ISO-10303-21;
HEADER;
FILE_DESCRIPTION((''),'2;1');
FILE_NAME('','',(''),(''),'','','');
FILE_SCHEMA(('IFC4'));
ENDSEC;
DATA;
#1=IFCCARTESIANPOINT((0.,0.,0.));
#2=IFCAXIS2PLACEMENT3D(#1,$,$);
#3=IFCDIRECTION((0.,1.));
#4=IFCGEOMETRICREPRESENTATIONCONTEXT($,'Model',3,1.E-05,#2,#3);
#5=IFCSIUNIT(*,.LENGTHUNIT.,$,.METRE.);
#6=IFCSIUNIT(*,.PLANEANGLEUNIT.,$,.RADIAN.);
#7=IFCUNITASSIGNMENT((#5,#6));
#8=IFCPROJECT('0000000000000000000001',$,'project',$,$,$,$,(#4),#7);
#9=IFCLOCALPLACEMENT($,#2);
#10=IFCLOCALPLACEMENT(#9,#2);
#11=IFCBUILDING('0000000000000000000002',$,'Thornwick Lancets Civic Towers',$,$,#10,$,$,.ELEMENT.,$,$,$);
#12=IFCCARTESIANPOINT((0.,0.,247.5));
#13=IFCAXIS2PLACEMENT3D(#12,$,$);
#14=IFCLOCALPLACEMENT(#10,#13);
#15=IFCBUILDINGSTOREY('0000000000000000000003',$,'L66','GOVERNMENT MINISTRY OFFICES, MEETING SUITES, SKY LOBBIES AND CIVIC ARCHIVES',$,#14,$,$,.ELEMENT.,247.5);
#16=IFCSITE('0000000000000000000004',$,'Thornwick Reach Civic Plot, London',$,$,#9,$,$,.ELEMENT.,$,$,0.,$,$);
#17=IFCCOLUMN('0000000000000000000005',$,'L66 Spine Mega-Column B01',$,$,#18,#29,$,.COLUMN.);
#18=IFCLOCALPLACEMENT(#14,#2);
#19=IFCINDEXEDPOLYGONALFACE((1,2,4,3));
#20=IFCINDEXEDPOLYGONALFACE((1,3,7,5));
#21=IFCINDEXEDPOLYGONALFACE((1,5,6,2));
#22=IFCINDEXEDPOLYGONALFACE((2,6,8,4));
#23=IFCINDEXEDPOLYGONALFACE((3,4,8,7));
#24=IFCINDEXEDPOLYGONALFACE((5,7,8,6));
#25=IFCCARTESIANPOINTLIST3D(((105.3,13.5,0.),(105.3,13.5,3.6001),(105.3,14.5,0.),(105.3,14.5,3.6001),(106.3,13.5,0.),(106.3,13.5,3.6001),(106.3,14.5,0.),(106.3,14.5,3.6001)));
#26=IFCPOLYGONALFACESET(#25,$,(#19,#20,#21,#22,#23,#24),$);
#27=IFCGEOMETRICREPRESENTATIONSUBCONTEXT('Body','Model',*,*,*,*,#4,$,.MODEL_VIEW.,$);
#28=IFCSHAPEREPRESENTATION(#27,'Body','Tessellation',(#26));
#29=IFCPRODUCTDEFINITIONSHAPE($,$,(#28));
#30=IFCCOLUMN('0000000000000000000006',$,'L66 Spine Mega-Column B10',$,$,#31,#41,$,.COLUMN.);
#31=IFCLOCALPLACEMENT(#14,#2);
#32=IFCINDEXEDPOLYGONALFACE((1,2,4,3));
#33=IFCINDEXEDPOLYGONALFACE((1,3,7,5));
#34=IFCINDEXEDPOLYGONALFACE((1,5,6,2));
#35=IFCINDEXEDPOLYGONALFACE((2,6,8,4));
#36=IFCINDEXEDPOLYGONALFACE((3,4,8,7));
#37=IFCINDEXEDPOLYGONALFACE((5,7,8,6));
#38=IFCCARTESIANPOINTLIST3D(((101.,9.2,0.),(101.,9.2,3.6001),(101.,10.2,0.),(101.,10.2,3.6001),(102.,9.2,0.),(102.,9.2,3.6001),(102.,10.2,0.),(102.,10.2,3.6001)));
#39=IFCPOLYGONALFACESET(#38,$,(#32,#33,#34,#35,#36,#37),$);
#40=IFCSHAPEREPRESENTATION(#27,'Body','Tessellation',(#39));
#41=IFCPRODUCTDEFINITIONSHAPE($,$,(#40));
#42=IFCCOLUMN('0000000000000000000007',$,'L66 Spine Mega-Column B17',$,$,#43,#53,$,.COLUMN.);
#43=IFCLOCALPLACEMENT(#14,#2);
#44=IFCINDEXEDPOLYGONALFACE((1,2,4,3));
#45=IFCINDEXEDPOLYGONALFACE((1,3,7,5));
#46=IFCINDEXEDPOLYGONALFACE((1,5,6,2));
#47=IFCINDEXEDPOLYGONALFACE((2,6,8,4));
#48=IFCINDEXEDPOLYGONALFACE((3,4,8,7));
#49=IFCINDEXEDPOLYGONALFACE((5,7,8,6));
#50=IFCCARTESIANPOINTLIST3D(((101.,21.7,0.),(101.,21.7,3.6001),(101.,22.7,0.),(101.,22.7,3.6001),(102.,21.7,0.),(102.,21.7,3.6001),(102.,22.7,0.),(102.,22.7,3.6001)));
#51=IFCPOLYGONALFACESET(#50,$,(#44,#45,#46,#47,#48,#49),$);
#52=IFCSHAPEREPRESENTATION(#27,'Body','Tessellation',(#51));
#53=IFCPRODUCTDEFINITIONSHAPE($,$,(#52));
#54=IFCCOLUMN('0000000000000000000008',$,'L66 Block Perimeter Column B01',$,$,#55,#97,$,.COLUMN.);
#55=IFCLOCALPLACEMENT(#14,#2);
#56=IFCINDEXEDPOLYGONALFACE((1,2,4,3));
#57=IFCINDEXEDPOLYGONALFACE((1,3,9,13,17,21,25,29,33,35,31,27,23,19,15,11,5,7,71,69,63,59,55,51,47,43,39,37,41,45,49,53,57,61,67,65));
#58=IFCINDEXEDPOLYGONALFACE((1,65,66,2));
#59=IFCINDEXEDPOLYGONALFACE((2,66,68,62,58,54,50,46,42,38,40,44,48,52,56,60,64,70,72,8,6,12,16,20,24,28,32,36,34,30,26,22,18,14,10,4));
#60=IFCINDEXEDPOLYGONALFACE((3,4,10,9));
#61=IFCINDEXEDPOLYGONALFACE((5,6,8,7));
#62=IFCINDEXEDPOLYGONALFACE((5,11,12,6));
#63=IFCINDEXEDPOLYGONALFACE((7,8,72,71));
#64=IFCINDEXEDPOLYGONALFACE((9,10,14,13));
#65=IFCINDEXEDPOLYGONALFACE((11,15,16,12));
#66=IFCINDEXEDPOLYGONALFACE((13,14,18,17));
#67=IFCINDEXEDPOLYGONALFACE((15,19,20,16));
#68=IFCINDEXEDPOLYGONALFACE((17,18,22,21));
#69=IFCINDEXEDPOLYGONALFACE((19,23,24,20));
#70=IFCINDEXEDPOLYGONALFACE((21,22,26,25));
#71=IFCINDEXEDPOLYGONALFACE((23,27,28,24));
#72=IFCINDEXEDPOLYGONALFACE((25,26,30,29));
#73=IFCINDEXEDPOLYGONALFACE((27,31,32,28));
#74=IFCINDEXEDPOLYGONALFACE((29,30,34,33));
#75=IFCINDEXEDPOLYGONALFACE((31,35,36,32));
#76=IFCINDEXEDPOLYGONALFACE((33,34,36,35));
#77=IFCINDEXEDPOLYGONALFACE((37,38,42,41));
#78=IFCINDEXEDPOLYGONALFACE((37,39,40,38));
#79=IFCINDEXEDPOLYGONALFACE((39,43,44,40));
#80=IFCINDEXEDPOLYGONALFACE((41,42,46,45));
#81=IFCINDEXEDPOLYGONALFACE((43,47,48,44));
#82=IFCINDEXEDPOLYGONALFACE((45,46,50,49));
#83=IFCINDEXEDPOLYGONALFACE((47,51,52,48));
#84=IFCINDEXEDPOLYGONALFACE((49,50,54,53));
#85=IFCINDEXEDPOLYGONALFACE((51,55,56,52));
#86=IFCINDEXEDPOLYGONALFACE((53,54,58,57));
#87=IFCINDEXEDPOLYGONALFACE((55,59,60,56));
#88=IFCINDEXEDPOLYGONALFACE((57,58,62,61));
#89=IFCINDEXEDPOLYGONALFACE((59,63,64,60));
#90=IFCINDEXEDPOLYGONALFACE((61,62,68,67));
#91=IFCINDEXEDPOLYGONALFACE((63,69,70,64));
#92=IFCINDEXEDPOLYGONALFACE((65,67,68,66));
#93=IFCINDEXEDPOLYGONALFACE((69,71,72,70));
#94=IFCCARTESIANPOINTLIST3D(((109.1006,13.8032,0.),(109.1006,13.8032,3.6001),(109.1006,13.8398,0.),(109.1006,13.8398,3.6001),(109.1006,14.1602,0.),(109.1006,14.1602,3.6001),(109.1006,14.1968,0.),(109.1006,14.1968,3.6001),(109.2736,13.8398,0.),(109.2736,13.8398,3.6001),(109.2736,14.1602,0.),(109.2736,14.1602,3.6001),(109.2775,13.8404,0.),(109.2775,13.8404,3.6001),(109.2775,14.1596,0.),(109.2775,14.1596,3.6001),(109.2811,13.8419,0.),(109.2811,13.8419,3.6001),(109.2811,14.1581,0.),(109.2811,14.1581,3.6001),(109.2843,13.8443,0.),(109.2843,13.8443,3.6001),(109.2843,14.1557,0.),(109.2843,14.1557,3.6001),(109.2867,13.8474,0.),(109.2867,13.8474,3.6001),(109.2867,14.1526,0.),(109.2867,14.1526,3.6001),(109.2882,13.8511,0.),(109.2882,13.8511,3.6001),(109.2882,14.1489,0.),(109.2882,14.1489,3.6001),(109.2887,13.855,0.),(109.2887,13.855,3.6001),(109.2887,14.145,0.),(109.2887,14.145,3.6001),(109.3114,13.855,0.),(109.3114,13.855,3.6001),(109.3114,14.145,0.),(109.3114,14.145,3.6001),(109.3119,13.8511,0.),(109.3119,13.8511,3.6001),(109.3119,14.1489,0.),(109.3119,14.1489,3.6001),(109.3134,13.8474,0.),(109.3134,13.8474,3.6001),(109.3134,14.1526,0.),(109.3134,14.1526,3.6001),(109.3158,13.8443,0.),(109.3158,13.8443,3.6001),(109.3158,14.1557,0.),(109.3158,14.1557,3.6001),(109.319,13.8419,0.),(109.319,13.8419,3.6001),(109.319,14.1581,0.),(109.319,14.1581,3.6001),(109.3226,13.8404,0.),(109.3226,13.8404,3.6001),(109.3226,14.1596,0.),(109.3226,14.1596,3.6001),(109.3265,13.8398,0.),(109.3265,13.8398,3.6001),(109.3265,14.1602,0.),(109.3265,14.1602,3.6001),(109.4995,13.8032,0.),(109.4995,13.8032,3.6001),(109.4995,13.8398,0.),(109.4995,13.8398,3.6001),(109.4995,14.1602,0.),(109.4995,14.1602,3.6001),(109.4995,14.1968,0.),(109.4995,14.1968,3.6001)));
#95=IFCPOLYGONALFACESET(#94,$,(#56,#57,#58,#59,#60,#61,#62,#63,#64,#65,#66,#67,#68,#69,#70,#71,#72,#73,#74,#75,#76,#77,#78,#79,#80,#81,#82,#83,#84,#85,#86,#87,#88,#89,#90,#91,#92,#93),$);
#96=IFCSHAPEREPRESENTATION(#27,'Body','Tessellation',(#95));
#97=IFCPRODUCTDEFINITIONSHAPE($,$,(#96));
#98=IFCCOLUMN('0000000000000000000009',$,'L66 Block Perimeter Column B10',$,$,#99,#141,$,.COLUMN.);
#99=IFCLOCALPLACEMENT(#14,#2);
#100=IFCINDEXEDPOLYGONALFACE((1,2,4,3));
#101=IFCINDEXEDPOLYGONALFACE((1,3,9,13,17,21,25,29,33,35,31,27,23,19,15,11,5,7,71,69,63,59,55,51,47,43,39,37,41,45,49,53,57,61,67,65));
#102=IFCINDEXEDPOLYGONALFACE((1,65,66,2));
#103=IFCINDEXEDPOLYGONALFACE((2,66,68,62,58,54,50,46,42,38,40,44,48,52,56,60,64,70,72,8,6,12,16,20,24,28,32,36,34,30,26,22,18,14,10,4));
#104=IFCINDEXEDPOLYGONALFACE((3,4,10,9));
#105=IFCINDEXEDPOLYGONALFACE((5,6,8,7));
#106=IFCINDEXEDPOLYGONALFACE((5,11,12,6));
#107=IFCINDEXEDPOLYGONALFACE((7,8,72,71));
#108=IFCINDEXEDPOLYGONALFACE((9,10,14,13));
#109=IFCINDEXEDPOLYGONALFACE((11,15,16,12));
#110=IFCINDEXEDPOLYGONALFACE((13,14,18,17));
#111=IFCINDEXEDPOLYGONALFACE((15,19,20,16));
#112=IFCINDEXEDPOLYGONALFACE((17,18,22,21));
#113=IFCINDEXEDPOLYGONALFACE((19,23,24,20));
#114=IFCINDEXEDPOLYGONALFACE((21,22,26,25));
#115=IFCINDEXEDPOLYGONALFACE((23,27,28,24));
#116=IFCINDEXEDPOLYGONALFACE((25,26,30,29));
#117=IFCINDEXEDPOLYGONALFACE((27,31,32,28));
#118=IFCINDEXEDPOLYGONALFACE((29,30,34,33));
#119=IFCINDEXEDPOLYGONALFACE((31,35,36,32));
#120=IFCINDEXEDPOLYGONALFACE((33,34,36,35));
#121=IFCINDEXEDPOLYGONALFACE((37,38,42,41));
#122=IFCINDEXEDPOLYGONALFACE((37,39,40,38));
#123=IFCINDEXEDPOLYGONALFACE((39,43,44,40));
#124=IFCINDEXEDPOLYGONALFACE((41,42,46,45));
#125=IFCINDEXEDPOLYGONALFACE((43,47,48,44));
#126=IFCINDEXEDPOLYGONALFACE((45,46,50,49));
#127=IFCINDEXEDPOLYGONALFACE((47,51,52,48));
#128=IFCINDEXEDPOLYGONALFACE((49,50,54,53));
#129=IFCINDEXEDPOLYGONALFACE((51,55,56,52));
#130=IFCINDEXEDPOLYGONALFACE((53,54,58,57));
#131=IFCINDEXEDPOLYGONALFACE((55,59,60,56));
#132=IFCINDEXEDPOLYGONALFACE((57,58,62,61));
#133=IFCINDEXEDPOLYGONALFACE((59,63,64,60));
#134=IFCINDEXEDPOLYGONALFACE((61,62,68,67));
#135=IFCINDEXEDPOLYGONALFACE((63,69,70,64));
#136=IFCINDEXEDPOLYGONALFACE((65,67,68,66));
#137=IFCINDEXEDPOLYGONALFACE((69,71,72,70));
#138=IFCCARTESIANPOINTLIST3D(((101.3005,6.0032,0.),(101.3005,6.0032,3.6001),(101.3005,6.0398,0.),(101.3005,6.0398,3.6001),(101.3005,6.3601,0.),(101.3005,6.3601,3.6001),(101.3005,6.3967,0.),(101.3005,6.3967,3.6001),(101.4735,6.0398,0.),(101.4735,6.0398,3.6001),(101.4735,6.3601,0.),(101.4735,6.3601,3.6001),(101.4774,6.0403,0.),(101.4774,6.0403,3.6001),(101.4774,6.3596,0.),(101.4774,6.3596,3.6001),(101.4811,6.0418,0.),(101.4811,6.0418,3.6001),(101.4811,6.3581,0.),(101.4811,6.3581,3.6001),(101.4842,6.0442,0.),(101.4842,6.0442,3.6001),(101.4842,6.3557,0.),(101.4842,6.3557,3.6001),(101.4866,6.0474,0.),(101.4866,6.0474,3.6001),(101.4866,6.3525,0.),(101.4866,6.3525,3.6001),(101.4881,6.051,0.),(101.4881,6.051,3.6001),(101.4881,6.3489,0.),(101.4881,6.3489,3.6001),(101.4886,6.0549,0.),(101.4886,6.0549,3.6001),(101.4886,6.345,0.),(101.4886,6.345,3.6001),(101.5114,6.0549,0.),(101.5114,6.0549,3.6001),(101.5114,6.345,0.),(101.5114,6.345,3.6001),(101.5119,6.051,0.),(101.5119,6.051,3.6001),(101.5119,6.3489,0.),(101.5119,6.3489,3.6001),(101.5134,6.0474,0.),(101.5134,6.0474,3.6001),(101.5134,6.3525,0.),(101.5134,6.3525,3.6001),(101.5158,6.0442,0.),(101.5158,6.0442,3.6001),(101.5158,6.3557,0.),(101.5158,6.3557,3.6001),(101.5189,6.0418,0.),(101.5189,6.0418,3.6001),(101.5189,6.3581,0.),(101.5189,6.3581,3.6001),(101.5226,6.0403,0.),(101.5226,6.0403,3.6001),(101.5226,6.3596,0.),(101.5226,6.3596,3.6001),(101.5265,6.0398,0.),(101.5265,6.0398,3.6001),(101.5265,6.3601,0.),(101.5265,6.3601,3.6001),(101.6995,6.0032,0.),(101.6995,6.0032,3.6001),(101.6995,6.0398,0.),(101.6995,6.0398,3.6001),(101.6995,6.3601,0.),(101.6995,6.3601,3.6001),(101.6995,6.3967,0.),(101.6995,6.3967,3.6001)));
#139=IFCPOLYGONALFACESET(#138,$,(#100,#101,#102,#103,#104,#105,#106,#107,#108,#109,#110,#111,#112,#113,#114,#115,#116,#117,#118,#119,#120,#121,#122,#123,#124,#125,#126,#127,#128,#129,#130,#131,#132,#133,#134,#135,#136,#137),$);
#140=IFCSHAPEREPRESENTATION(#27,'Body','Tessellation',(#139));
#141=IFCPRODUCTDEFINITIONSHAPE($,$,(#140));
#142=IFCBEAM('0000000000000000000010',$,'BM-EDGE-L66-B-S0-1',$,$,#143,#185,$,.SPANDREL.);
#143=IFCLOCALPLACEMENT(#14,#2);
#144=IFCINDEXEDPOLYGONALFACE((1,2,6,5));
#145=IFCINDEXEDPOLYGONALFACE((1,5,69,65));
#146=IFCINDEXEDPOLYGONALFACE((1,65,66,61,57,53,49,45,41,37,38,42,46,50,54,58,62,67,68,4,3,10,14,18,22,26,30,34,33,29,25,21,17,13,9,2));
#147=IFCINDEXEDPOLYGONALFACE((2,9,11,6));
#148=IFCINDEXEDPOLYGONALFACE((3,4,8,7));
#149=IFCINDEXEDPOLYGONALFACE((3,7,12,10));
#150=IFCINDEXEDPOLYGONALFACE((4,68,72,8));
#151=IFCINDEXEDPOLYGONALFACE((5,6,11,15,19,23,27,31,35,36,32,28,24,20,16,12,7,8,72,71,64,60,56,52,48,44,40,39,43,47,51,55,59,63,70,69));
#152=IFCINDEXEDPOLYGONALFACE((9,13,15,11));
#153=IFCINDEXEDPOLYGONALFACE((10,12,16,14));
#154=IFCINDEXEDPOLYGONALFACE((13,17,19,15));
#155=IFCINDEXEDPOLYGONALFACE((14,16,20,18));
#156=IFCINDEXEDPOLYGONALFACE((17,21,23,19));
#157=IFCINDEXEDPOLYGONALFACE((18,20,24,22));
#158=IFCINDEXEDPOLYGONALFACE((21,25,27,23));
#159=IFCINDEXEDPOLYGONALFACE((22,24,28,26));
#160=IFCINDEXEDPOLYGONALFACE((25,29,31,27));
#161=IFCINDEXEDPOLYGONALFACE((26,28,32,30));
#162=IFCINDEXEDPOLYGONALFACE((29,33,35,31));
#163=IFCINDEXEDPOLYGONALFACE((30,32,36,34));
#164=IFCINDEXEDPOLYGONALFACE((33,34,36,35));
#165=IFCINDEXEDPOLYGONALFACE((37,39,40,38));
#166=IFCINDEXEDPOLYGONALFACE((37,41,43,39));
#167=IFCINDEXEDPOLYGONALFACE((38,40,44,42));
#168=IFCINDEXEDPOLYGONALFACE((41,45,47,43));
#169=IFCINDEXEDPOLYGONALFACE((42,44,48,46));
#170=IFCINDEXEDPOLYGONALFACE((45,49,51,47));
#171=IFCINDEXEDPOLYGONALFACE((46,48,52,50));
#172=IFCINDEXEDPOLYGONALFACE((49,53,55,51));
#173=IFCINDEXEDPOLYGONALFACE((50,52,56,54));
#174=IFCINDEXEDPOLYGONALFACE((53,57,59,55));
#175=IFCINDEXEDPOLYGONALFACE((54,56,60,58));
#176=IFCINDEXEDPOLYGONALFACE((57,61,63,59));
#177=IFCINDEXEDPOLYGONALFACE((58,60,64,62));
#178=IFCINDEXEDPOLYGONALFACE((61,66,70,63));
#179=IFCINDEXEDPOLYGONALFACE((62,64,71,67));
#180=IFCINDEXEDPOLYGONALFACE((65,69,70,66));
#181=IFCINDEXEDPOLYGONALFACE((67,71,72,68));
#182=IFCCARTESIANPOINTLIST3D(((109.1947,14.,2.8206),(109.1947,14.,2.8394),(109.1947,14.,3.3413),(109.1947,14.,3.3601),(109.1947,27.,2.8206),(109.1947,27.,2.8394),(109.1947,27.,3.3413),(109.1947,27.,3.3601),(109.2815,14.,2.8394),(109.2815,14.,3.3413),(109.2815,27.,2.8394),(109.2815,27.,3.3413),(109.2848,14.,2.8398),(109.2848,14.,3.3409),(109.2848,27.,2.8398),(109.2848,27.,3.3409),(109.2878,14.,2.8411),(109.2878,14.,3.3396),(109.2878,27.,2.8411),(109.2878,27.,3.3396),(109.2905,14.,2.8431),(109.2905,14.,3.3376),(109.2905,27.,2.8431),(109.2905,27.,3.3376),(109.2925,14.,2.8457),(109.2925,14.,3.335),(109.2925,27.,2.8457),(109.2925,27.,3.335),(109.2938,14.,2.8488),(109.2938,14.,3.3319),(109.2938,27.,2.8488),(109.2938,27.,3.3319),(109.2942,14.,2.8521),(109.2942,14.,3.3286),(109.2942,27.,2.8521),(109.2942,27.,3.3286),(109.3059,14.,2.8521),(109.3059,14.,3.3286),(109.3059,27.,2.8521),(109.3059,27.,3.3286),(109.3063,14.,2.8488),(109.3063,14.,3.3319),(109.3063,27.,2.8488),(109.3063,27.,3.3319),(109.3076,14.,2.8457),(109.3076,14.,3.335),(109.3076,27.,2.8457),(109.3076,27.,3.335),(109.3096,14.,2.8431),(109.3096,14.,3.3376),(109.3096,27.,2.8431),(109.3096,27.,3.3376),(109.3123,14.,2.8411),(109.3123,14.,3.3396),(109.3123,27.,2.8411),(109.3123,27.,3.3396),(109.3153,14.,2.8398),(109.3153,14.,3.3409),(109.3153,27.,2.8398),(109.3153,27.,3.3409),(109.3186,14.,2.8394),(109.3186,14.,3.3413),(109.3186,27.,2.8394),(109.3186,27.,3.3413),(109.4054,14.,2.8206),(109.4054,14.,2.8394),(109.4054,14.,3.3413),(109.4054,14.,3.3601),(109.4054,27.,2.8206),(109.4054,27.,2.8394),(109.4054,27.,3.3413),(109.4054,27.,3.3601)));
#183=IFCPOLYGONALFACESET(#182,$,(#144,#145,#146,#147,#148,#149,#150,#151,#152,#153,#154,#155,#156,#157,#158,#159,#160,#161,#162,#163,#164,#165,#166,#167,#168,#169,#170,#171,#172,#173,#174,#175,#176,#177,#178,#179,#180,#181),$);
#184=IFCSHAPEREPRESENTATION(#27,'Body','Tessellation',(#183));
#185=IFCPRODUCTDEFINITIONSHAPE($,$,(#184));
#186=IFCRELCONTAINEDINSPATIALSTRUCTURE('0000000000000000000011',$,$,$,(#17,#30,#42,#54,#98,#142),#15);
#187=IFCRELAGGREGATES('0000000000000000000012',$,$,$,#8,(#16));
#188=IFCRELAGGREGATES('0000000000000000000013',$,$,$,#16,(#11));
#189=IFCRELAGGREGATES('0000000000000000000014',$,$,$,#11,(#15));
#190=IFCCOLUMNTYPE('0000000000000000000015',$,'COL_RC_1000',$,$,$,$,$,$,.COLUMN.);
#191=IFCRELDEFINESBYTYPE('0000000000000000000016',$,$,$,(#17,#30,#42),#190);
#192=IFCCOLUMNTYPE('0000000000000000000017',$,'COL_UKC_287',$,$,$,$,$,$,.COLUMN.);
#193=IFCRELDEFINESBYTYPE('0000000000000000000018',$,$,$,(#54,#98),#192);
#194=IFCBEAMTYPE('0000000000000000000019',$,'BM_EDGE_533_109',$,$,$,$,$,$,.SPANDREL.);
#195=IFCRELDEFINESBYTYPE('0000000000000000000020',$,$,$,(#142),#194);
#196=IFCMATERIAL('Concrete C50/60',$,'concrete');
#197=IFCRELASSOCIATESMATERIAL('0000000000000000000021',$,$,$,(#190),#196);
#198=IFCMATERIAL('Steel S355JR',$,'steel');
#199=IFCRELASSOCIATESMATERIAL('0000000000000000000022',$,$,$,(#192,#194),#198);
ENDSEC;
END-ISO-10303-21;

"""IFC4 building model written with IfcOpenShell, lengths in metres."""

from ifc_helpers import new_model, si_unit, direction, frame, origin, origin_2d, place, context, subcontext, project, spatial, rectangle, i_section, extrude, material, material_profile, profile_set, type_object, element, save


model = new_model("IFC4")

# Units and contexts
model_context = context("Model", 3, precision=1e-05, world=origin(), true_north=direction((0.0, 1.0)))
body_context = subcontext(model_context, "Body", "Model", "MODEL_VIEW")
ifc_project = project(units=[si_unit("LENGTHUNIT", "METRE"), si_unit("PLANEANGLEUNIT", "RADIAN")], contexts=[model_context])

# Site, building, storey
site_placement = place(None, origin())
site = spatial("IfcSite", under=ifc_project, at=site_placement, Name="Thornwick Reach Civic Plot, London", CompositionType="ELEMENT", RefElevation=0.0)
building_placement = place(site_placement, origin())
building = spatial("IfcBuilding", under=site, at=building_placement, Name="Thornwick Lancets Civic Towers", CompositionType="ELEMENT")
storey_placement = place(building_placement, frame((0.0, 0.0, 247.5)))
storey = spatial("IfcBuildingStorey", under=building, at=storey_placement, Name="L66", Description="GOVERNMENT MINISTRY OFFICES, MEETING SUITES, SKY LOBBIES AND CIVIC ARCHIVES", CompositionType="ELEMENT", Elevation=247.5)

# Columns
ifc_material_1 = material(Name="Concrete C50/60", Category="concrete")
ifc_material_profile_1 = material_profile(ifc_material_1, rectangle(XDim=1.0, YDim=1.0, at=origin_2d()), Name="RC 1000x1000")
ifc_profile_set_1 = profile_set([ifc_material_profile_1], Name="Concrete C50/60")
column_type_1 = type_object("IfcColumnType", Name="COL_RC_1000", PredefinedType="COLUMN", material=ifc_profile_set_1)
for number, where, z_axis, x_axis, name in (
    (1, (105.8, 14.0, 0.0), (0.0, 0.0, 1.0), (1.0, 0.0, 0.0), "L66 Spine Mega-Column B01"),
    (2, (101.5, 9.7, 0.0), (0.0, 0.0, 1.0), (1.0, 0.0, 0.0), "L66 Spine Mega-Column B10"),
    (3, (101.5, 22.2, 0.0), (0.0, 0.0, 1.0), (1.0, 0.0, 0.0), "L66 Spine Mega-Column B17"),
):
    element("IfcColumn", number, at=place(storey_placement, frame(where, z_axis=z_axis, x_axis=x_axis)), inside=storey, type_object=column_type_1, Name=name, PredefinedType="COLUMN", context=body_context, shape_type="SweptSolid", body=[
        extrude(rectangle(XDim=1.0, YDim=1.0, at=origin_2d()), origin(), (0.0, 0.0, 1.0), 3.6001),
    ])
ifc_material_2 = material(Name="Steel S355JR", Category="steel")
ifc_material_profile_2 = material_profile(ifc_material_2, i_section(OverallWidth=0.3989, OverallDepth=0.3936, WebThickness=0.0227, FlangeThickness=0.0366, FilletRadius=0.0151, at=origin_2d()), Name="UKC 356x406x287")
ifc_profile_set_2 = profile_set([ifc_material_profile_2], Name="Steel S355JR")
column_type_2 = type_object("IfcColumnType", Name="COL_UKC_287", PredefinedType="COLUMN", material=ifc_profile_set_2)
for number, where, z_axis, x_axis, name in (
    (4, (109.3, 14.0, 0.0), (0.0, 0.0, 1.0), (1.0, 0.0, 0.0), "L66 Block Perimeter Column B01"),
    (5, (101.5, 6.2, 0.0), (0.0, 0.0, 1.0), (1.0, 0.0, 0.0), "L66 Block Perimeter Column B10"),
):
    element("IfcColumn", number, at=place(storey_placement, frame(where, z_axis=z_axis, x_axis=x_axis)), inside=storey, type_object=column_type_2, Name=name, PredefinedType="COLUMN", context=body_context, shape_type="SweptSolid", body=[
        extrude(i_section(OverallWidth=0.3989, OverallDepth=0.3936, WebThickness=0.0227, FlangeThickness=0.0366, FilletRadius=0.0151, at=origin_2d()), origin(), (0.0, 0.0, 1.0), 3.6001),
    ])

# Beam
ifc_material_profile_3 = material_profile(ifc_material_2, i_section(OverallWidth=0.2107, OverallDepth=0.5396, WebThickness=0.0117, FlangeThickness=0.0188, FilletRadius=0.0127, at=origin_2d()), Name="UKB 533x210x109")
ifc_profile_set_3 = profile_set([ifc_material_profile_3], Name="Steel S355JR")
beam_type_1 = type_object("IfcBeamType", Name="BM_EDGE_533_109", PredefinedType="SPANDREL", material=ifc_profile_set_3)
for number, where, z_axis, x_axis, name in (
    (6, (109.3, 14.0, 3.0903), (0.0, 1.0, 0.0), (-1.0, 0.0, 0.0), "BM-EDGE-L66-B-S0-1"),
):
    element("IfcBeam", number, at=place(storey_placement, frame(where, z_axis=z_axis, x_axis=x_axis)), inside=storey, type_object=beam_type_1, Name=name, PredefinedType="SPANDREL", context=body_context, shape_type="SweptSolid", body=[
        extrude(i_section(OverallWidth=0.2107, OverallDepth=0.5396, WebThickness=0.0117, FlangeThickness=0.0188, FilletRadius=0.0127, at=origin_2d()), origin(), (0.0, 0.0, 1.0), 13.0),
    ])

save(model, "model.ifc")
